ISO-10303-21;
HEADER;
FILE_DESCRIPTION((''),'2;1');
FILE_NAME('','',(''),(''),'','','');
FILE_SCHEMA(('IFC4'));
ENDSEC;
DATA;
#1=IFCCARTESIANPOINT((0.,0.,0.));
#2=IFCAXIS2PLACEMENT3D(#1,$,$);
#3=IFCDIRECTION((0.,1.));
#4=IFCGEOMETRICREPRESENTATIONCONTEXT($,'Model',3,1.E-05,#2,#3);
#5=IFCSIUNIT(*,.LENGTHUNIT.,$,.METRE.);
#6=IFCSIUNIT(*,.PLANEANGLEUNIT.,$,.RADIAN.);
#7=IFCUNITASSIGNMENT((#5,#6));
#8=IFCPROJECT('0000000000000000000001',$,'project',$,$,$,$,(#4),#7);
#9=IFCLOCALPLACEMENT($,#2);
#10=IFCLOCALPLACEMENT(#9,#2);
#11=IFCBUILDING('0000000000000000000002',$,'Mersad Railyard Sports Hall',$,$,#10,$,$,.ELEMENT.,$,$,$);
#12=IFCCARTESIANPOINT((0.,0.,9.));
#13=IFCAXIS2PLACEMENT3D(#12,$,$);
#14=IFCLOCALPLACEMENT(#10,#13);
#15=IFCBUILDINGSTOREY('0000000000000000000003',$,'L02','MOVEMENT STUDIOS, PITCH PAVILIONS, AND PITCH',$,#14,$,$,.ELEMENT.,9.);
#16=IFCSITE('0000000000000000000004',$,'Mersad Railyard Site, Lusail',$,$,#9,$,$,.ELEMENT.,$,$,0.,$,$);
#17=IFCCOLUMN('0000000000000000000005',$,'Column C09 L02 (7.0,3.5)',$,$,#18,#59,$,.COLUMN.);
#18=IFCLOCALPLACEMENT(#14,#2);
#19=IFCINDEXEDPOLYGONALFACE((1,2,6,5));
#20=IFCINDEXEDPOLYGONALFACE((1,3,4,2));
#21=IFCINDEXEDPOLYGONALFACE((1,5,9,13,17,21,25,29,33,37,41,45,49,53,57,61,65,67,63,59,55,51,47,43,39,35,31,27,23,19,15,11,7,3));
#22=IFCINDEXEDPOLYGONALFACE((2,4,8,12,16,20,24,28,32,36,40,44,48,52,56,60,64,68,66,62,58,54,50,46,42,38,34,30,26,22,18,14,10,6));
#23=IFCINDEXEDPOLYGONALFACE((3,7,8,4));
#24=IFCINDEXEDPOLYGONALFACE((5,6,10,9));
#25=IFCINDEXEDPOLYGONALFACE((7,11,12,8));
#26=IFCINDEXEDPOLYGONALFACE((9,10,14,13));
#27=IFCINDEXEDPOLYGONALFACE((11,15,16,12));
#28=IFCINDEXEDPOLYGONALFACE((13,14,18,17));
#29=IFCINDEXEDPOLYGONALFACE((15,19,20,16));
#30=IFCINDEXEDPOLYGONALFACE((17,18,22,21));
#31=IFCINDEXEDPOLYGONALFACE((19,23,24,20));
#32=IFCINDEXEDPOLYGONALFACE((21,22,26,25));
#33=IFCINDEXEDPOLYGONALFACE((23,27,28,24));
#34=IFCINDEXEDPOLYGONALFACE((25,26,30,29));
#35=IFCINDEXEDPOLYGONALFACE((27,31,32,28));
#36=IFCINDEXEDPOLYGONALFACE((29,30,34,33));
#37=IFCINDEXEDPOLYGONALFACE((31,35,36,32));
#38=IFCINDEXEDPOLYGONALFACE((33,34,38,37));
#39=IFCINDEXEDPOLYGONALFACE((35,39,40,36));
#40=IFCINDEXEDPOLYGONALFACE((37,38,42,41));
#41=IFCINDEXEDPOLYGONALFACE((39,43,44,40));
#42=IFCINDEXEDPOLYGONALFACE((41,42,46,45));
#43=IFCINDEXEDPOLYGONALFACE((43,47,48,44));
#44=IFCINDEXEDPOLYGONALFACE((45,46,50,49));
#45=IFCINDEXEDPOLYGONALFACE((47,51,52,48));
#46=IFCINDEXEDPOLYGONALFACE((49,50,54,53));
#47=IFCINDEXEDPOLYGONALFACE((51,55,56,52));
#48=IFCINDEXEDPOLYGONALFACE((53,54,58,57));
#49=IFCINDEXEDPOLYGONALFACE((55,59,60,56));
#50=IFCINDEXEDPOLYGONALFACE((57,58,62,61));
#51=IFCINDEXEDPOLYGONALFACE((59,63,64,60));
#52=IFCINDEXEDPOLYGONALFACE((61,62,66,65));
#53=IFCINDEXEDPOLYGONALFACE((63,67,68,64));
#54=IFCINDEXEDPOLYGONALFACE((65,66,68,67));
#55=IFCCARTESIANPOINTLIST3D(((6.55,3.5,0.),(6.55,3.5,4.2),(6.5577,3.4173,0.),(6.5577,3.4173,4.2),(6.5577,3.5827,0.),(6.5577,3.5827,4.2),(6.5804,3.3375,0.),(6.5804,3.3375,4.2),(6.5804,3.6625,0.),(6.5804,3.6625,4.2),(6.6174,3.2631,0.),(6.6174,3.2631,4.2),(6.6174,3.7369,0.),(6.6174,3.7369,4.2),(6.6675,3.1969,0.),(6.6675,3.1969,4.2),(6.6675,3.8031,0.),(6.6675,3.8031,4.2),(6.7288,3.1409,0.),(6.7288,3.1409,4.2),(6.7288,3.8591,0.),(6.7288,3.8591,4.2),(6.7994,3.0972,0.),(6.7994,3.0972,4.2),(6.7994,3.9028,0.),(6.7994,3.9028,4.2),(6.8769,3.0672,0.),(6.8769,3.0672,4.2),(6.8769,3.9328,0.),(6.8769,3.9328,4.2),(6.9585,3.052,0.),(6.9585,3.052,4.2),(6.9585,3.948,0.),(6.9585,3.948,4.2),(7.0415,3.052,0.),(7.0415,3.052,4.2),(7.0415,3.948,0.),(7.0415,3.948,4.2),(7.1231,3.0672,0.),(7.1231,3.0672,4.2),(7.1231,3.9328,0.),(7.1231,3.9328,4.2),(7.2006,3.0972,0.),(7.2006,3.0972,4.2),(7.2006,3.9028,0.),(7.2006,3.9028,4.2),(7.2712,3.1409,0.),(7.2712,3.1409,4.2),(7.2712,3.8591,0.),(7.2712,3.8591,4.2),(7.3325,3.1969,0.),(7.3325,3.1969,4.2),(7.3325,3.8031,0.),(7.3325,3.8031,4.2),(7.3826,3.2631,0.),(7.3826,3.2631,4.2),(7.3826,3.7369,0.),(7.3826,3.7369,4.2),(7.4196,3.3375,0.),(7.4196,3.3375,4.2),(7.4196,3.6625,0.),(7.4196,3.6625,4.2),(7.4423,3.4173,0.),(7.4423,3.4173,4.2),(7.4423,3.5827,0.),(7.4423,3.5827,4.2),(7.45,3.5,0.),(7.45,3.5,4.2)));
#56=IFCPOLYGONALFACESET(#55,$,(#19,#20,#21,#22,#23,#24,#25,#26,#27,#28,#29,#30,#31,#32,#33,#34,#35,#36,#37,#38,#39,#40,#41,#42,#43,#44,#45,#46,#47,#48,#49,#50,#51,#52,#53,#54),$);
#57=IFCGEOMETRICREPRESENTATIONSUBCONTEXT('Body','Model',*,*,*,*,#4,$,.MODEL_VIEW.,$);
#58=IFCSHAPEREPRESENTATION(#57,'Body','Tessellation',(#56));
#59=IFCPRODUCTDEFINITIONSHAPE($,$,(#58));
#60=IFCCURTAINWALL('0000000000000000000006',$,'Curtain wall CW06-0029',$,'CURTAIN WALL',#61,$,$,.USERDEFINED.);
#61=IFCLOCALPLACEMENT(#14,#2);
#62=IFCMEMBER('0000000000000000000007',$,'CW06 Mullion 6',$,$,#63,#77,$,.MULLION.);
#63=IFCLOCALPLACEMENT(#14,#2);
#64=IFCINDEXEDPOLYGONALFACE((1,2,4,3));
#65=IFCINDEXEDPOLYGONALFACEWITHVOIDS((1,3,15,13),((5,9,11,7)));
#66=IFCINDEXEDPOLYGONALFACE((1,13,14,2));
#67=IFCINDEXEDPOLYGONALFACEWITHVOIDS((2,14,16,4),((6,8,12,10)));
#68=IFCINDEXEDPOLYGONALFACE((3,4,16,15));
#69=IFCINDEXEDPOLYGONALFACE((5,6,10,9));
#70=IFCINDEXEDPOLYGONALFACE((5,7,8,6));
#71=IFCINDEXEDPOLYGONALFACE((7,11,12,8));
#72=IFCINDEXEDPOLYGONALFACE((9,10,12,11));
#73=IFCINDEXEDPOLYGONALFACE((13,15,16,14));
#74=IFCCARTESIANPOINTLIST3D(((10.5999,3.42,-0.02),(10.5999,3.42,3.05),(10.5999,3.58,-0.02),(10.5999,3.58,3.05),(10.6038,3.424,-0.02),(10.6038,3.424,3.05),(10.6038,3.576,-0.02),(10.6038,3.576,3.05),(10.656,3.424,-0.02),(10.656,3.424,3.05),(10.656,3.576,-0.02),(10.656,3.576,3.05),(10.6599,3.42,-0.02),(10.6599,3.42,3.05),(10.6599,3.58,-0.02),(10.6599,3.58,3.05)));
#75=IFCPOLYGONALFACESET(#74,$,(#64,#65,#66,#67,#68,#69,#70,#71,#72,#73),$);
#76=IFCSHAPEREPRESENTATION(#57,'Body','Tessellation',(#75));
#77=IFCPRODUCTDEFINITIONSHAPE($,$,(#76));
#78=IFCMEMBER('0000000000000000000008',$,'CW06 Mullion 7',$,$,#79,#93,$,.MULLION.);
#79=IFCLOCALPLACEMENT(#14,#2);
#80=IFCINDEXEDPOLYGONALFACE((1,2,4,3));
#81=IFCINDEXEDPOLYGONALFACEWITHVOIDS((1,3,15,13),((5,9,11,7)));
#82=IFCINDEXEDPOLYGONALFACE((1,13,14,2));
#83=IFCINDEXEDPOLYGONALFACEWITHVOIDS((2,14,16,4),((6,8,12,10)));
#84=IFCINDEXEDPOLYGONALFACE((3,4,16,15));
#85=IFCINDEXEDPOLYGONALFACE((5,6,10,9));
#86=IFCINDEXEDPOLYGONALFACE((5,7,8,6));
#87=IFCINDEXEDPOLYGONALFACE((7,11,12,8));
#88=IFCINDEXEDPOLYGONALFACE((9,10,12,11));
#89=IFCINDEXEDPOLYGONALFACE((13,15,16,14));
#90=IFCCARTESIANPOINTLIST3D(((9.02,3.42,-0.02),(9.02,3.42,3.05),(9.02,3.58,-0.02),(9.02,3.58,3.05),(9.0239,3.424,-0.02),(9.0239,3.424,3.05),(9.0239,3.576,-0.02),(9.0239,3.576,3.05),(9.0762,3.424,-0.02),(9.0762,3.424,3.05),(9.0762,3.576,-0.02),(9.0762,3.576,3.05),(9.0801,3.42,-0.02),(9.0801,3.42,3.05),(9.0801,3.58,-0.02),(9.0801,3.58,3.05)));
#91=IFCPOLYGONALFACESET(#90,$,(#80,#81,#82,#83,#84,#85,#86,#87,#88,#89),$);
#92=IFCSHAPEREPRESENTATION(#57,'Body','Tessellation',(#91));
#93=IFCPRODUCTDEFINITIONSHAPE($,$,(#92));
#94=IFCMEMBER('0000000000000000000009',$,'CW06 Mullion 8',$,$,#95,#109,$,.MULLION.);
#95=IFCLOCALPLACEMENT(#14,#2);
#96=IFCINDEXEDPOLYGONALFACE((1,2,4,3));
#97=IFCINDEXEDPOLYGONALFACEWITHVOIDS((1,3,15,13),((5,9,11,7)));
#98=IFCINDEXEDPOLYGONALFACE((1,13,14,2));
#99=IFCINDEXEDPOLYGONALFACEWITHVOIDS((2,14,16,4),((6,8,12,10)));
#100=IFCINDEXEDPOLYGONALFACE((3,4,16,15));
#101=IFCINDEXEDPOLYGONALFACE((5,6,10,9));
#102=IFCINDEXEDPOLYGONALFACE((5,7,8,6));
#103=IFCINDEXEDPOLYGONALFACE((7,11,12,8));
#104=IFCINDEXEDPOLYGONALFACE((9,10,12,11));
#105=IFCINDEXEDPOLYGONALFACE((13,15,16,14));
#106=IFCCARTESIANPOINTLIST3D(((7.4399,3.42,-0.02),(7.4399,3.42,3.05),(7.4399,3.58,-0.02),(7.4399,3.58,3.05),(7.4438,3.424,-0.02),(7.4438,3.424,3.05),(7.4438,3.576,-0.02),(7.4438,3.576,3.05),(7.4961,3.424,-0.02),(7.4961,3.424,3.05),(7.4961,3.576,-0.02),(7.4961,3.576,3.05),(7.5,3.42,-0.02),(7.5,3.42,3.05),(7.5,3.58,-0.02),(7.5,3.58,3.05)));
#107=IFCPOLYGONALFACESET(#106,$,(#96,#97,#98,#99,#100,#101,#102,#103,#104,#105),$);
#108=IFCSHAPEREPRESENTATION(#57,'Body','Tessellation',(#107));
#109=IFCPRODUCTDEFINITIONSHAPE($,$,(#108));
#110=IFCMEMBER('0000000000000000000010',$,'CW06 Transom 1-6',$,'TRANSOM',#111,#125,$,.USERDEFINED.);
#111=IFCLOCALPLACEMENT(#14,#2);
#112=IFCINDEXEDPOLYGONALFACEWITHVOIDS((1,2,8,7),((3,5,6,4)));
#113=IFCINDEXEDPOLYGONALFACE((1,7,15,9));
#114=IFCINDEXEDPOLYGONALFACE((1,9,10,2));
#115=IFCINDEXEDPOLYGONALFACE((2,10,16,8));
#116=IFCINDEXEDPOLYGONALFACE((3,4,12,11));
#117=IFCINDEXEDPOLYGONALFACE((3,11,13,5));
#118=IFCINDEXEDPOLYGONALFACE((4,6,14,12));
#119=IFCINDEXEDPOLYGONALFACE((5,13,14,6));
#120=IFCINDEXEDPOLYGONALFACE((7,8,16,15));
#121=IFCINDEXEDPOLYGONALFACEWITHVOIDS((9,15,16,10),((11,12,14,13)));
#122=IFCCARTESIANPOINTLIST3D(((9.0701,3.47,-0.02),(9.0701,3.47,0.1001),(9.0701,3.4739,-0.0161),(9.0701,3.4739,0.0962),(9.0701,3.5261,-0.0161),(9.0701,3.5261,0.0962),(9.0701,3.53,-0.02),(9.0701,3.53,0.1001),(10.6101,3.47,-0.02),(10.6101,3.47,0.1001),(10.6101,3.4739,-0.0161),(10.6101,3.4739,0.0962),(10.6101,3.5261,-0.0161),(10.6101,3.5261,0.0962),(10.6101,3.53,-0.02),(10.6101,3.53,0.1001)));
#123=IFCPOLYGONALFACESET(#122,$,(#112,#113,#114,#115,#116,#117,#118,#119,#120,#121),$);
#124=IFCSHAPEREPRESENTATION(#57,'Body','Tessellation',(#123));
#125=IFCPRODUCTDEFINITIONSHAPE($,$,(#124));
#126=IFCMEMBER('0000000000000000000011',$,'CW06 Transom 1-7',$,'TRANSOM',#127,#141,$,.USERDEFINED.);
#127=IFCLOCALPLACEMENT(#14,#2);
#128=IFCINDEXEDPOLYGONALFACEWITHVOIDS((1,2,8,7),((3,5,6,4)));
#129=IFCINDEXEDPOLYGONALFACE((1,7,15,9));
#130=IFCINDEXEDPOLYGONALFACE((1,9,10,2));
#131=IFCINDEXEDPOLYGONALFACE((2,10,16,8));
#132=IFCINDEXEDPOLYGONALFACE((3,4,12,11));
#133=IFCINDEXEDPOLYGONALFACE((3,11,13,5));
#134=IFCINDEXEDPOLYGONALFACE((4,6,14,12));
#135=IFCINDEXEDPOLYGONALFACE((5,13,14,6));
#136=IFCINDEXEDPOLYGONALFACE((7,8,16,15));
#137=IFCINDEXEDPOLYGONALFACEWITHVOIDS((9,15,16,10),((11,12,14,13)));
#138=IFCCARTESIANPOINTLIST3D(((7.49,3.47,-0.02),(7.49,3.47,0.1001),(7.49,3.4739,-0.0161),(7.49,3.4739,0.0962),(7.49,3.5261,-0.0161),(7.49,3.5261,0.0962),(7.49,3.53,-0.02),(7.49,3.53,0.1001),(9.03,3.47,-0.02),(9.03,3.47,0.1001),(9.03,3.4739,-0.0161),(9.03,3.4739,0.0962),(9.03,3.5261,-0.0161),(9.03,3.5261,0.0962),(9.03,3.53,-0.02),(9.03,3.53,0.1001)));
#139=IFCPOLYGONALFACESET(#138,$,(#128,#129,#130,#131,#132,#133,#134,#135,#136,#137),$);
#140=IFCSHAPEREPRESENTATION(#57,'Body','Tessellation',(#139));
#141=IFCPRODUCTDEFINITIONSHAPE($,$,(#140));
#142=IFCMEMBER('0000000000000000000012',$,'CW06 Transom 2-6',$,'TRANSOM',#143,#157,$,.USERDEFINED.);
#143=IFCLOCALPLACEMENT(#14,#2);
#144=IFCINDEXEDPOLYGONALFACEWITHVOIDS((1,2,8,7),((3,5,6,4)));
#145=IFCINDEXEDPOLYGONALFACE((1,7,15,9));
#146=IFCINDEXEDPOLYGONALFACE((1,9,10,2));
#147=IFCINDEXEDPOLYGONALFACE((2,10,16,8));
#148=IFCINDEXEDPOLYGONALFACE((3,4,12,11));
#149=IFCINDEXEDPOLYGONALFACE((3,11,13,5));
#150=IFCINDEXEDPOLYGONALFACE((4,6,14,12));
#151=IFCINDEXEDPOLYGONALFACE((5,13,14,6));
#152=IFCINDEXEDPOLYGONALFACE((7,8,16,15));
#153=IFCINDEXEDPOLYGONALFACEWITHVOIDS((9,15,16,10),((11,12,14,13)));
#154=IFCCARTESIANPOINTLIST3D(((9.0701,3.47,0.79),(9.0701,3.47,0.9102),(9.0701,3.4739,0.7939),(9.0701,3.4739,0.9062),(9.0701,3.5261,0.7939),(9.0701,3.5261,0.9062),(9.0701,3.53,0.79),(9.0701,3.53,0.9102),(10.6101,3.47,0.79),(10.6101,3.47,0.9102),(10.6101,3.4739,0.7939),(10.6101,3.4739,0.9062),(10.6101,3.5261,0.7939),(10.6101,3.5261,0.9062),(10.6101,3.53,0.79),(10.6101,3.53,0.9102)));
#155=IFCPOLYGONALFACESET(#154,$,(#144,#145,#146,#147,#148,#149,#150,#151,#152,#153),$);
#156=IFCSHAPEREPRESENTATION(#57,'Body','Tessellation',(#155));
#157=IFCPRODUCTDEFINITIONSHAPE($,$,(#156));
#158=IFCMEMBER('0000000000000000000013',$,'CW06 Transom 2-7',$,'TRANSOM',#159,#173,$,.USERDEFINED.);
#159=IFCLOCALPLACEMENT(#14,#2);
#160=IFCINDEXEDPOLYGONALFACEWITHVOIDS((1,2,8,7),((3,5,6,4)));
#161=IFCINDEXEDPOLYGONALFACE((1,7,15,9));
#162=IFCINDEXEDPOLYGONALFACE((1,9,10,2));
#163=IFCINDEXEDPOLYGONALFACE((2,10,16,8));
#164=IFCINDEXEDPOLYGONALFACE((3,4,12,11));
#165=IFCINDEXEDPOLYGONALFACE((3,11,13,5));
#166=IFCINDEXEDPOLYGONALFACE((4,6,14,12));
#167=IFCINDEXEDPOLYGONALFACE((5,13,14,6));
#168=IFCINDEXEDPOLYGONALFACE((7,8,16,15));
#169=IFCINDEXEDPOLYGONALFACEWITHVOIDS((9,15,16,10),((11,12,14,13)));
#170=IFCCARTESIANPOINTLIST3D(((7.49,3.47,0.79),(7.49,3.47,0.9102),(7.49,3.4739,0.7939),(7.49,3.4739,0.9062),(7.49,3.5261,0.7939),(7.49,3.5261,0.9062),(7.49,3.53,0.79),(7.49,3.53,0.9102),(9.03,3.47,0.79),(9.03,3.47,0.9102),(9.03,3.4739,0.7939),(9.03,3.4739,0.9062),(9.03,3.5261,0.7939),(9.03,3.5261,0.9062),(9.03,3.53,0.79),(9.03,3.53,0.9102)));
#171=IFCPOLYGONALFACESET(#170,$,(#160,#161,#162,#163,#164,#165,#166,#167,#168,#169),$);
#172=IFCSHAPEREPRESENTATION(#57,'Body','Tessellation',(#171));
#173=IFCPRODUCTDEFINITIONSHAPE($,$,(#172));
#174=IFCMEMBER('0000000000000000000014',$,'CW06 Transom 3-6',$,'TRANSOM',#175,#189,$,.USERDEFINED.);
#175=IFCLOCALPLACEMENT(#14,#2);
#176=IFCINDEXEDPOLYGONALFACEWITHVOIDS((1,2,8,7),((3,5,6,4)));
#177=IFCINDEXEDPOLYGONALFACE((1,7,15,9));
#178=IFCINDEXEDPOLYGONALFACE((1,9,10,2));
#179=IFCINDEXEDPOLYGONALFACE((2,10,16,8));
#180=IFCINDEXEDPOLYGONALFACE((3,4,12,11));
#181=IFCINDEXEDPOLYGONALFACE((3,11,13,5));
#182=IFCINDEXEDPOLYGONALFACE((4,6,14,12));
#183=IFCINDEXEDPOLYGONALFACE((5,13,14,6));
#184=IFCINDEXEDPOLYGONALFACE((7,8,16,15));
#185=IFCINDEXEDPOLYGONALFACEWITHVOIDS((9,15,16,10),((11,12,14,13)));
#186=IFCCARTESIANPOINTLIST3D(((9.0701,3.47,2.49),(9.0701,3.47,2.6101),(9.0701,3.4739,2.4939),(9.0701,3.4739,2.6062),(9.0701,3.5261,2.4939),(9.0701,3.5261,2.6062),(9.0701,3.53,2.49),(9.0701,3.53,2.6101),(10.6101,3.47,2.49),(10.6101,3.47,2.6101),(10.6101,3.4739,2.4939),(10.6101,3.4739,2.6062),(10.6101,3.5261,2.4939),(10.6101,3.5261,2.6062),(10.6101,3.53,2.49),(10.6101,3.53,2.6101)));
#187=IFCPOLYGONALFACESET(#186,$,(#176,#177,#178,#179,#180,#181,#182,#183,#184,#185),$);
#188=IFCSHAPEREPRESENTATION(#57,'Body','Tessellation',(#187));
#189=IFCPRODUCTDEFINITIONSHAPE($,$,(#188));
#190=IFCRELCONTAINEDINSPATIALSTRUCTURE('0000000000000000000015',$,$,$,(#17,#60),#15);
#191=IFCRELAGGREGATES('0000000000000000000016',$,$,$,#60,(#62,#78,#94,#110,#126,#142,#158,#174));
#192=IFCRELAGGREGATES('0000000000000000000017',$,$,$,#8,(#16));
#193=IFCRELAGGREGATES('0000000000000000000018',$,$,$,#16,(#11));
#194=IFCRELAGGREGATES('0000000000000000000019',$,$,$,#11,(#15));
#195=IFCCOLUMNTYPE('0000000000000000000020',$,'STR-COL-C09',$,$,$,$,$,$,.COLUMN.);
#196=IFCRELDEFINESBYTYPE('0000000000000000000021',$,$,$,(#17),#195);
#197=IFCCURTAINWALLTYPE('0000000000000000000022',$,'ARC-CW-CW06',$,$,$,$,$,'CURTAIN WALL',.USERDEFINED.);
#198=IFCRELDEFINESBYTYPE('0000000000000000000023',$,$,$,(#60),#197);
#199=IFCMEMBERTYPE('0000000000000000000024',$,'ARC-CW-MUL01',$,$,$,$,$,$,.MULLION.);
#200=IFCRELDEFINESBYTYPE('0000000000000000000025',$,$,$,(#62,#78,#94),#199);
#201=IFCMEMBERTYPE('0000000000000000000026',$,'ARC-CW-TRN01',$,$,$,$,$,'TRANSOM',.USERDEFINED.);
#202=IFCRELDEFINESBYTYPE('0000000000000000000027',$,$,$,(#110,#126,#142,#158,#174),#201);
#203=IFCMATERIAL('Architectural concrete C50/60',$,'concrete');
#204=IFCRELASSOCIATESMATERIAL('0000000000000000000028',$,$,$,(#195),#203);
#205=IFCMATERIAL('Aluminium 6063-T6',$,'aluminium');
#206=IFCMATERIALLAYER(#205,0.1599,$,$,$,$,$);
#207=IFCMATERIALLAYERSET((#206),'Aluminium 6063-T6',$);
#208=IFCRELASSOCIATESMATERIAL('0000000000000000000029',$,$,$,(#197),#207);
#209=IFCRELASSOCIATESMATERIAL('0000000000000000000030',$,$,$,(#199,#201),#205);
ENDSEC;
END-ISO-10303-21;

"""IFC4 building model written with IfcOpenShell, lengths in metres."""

from ifc_helpers import new_model, si_unit, direction, frame, origin, origin_2d, place, context, subcontext, project, spatial, hollow_rectangle, circle, extrude, material, layer, layer_set, material_profile, profile_set, type_object, element, aggregate, save


model = new_model("IFC4")

# Units and contexts
model_context = context("Model", 3, precision=1e-05, world=origin(), true_north=direction((0.0, 1.0)))
body_context = subcontext(model_context, "Body", "Model", "MODEL_VIEW")
ifc_project = project(units=[si_unit("LENGTHUNIT", "METRE"), si_unit("PLANEANGLEUNIT", "RADIAN")], contexts=[model_context])

# Site, building, storey
site_placement = place(None, origin())
site = spatial("IfcSite", under=ifc_project, at=site_placement, Name="Mersad Railyard Site, Lusail", CompositionType="ELEMENT", RefElevation=0.0)
building_placement = place(site_placement, origin())
building = spatial("IfcBuilding", under=site, at=building_placement, Name="Mersad Railyard Sports Hall", CompositionType="ELEMENT")
storey_placement = place(building_placement, frame((0.0, 0.0, 9.0)))
storey = spatial("IfcBuildingStorey", under=building, at=storey_placement, Name="L02", Description="MOVEMENT STUDIOS, PITCH PAVILIONS, AND PITCH", CompositionType="ELEMENT", Elevation=9.0)

# Column
ifc_material_1 = material(Name="Architectural concrete C50/60", Category="concrete")
ifc_material_profile_1 = material_profile(ifc_material_1, circle(Radius=0.45, at=origin_2d()), Name="RC D900")
ifc_profile_set_1 = profile_set([ifc_material_profile_1], Name="Architectural concrete C50/60")
column_type = type_object("IfcColumnType", Name="STR-COL-C09", PredefinedType="COLUMN", material=ifc_profile_set_1)
column_placement = place(storey_placement, frame((7.0, 3.5, 0.0), z_axis=(0.0, 0.0, 1.0), x_axis=(1.0, 0.0, 0.0)))
element("IfcColumn", 1, at=column_placement, inside=storey, type_object=column_type, Name="Column C09 L02 (7.0,3.5)", PredefinedType="COLUMN", context=body_context, shape_type="SweptSolid", body=[
    extrude(circle(Radius=0.45, at=origin_2d()), origin(), (0.0, 0.0, 1.0), 4.2),
])

# Curtain wall, members
ifc_material_2 = material(Name="Aluminium 6063-T6", Category="aluminium")
ifc_layer_1 = layer(ifc_material_2, 0.1599)
ifc_layer_set_1 = layer_set([ifc_layer_1], Name="Aluminium 6063-T6")
curtain_wall_type = type_object("IfcCurtainWallType", Name="ARC-CW-CW06", ElementType="CURTAIN WALL", PredefinedType="USERDEFINED", material=ifc_layer_set_1)
curtain_wall_placement = place(storey_placement, origin())
curtain_wall = element("IfcCurtainWall", 2, at=curtain_wall_placement, inside=storey, type_object=curtain_wall_type, Name="Curtain wall CW06-0029", ObjectType="CURTAIN WALL", PredefinedType="USERDEFINED")
ifc_material_profile_2 = material_profile(ifc_material_2, hollow_rectangle(XDim=0.0601, YDim=0.1599, WallThickness=0.0039, at=origin_2d()), Name="AL MULLION 60x160x4")
ifc_profile_set_2 = profile_set([ifc_material_profile_2], Name="Aluminium 6063-T6")
member_type_1 = type_object("IfcMemberType", Name="ARC-CW-MUL01", PredefinedType="MULLION", material=ifc_profile_set_2)
member_1_placement = place(storey_placement, frame((10.6299, 3.5, -0.02), z_axis=(0.0, 0.0, 1.0), x_axis=(1.0, 0.0, 0.0)))
member_1 = element("IfcMember", 3, at=member_1_placement, type_object=member_type_1, Name="CW06 Mullion 6", PredefinedType="MULLION", context=body_context, shape_type="SweptSolid", body=[
    extrude(hollow_rectangle(XDim=0.0601, YDim=0.1599, WallThickness=0.0039, at=origin_2d()), origin(), (0.0, 0.0, 1.0), 3.0701),
])
member_2_placement = place(storey_placement, frame((9.05, 3.5, -0.02), z_axis=(0.0, 0.0, 1.0), x_axis=(1.0, 0.0, 0.0)))
member_2 = element("IfcMember", 4, at=member_2_placement, type_object=member_type_1, Name="CW06 Mullion 7", PredefinedType="MULLION", context=body_context, shape_type="SweptSolid", body=[
    extrude(hollow_rectangle(XDim=0.0601, YDim=0.1599, WallThickness=0.0039, at=origin_2d()), origin(), (0.0, 0.0, 1.0), 3.0701),
])
member_3_placement = place(storey_placement, frame((7.47, 3.5, -0.02), z_axis=(0.0, 0.0, 1.0), x_axis=(1.0, 0.0, 0.0)))
member_3 = element("IfcMember", 5, at=member_3_placement, type_object=member_type_1, Name="CW06 Mullion 8", PredefinedType="MULLION", context=body_context, shape_type="SweptSolid", body=[
    extrude(hollow_rectangle(XDim=0.0601, YDim=0.1599, WallThickness=0.0039, at=origin_2d()), origin(), (0.0, 0.0, 1.0), 3.0701),
])
ifc_material_profile_3 = material_profile(ifc_material_2, hollow_rectangle(XDim=0.0601, YDim=0.1201, WallThickness=0.0039, at=origin_2d()), Name="AL TRANSOM 60x120x4")
ifc_profile_set_3 = profile_set([ifc_material_profile_3], Name="Aluminium 6063-T6")
member_type_2 = type_object("IfcMemberType", Name="ARC-CW-TRN01", ElementType="TRANSOM", PredefinedType="USERDEFINED", material=ifc_profile_set_3)
member_4_placement = place(storey_placement, frame((10.6101, 3.5, 0.04), z_axis=(-1.0, 0.0, 0.0), x_axis=(0.0, -1.0, 0.0)))
member_4 = element("IfcMember", 6, at=member_4_placement, type_object=member_type_2, Name="CW06 Transom 1-6", ObjectType="TRANSOM", PredefinedType="USERDEFINED", context=body_context, shape_type="SweptSolid", body=[
    extrude(hollow_rectangle(XDim=0.0601, YDim=0.1201, WallThickness=0.0039, at=origin_2d()), origin(), (0.0, 0.0, 1.0), 1.54),
])
member_5_placement = place(storey_placement, frame((9.03, 3.5, 0.04), z_axis=(-1.0, 0.0, 0.0), x_axis=(0.0, -1.0, 0.0)))
member_5 = element("IfcMember", 7, at=member_5_placement, type_object=member_type_2, Name="CW06 Transom 1-7", ObjectType="TRANSOM", PredefinedType="USERDEFINED", context=body_context, shape_type="SweptSolid", body=[
    extrude(hollow_rectangle(XDim=0.0601, YDim=0.1201, WallThickness=0.0039, at=origin_2d()), origin(), (0.0, 0.0, 1.0), 1.54),
])
member_6_placement = place(storey_placement, frame((10.6101, 3.5, 0.8501), z_axis=(-1.0, 0.0, 0.0), x_axis=(0.0, -1.0, 0.0)))
member_6 = element("IfcMember", 8, at=member_6_placement, type_object=member_type_2, Name="CW06 Transom 2-6", ObjectType="TRANSOM", PredefinedType="USERDEFINED", context=body_context, shape_type="SweptSolid", body=[
    extrude(hollow_rectangle(XDim=0.0601, YDim=0.1201, WallThickness=0.0039, at=origin_2d()), origin(), (0.0, 0.0, 1.0), 1.54),
])
member_7_placement = place(storey_placement, frame((9.03, 3.5, 0.8501), z_axis=(-1.0, 0.0, 0.0), x_axis=(0.0, -1.0, 0.0)))
member_7 = element("IfcMember", 9, at=member_7_placement, type_object=member_type_2, Name="CW06 Transom 2-7", ObjectType="TRANSOM", PredefinedType="USERDEFINED", context=body_context, shape_type="SweptSolid", body=[
    extrude(hollow_rectangle(XDim=0.0601, YDim=0.1201, WallThickness=0.0039, at=origin_2d()), origin(), (0.0, 0.0, 1.0), 1.54),
])
member_8_placement = place(storey_placement, frame((10.6101, 3.5, 2.55), z_axis=(-1.0, 0.0, 0.0), x_axis=(0.0, -1.0, 0.0)))
member_8 = element("IfcMember", 10, at=member_8_placement, type_object=member_type_2, Name="CW06 Transom 3-6", ObjectType="TRANSOM", PredefinedType="USERDEFINED", context=body_context, shape_type="SweptSolid", body=[
    extrude(hollow_rectangle(XDim=0.0601, YDim=0.1201, WallThickness=0.0039, at=origin_2d()), origin(), (0.0, 0.0, 1.0), 1.54),
])

aggregate(curtain_wall, [member_1, member_2, member_3, member_4, member_5, member_6, member_7, member_8])

save(model, "model.ifc")
